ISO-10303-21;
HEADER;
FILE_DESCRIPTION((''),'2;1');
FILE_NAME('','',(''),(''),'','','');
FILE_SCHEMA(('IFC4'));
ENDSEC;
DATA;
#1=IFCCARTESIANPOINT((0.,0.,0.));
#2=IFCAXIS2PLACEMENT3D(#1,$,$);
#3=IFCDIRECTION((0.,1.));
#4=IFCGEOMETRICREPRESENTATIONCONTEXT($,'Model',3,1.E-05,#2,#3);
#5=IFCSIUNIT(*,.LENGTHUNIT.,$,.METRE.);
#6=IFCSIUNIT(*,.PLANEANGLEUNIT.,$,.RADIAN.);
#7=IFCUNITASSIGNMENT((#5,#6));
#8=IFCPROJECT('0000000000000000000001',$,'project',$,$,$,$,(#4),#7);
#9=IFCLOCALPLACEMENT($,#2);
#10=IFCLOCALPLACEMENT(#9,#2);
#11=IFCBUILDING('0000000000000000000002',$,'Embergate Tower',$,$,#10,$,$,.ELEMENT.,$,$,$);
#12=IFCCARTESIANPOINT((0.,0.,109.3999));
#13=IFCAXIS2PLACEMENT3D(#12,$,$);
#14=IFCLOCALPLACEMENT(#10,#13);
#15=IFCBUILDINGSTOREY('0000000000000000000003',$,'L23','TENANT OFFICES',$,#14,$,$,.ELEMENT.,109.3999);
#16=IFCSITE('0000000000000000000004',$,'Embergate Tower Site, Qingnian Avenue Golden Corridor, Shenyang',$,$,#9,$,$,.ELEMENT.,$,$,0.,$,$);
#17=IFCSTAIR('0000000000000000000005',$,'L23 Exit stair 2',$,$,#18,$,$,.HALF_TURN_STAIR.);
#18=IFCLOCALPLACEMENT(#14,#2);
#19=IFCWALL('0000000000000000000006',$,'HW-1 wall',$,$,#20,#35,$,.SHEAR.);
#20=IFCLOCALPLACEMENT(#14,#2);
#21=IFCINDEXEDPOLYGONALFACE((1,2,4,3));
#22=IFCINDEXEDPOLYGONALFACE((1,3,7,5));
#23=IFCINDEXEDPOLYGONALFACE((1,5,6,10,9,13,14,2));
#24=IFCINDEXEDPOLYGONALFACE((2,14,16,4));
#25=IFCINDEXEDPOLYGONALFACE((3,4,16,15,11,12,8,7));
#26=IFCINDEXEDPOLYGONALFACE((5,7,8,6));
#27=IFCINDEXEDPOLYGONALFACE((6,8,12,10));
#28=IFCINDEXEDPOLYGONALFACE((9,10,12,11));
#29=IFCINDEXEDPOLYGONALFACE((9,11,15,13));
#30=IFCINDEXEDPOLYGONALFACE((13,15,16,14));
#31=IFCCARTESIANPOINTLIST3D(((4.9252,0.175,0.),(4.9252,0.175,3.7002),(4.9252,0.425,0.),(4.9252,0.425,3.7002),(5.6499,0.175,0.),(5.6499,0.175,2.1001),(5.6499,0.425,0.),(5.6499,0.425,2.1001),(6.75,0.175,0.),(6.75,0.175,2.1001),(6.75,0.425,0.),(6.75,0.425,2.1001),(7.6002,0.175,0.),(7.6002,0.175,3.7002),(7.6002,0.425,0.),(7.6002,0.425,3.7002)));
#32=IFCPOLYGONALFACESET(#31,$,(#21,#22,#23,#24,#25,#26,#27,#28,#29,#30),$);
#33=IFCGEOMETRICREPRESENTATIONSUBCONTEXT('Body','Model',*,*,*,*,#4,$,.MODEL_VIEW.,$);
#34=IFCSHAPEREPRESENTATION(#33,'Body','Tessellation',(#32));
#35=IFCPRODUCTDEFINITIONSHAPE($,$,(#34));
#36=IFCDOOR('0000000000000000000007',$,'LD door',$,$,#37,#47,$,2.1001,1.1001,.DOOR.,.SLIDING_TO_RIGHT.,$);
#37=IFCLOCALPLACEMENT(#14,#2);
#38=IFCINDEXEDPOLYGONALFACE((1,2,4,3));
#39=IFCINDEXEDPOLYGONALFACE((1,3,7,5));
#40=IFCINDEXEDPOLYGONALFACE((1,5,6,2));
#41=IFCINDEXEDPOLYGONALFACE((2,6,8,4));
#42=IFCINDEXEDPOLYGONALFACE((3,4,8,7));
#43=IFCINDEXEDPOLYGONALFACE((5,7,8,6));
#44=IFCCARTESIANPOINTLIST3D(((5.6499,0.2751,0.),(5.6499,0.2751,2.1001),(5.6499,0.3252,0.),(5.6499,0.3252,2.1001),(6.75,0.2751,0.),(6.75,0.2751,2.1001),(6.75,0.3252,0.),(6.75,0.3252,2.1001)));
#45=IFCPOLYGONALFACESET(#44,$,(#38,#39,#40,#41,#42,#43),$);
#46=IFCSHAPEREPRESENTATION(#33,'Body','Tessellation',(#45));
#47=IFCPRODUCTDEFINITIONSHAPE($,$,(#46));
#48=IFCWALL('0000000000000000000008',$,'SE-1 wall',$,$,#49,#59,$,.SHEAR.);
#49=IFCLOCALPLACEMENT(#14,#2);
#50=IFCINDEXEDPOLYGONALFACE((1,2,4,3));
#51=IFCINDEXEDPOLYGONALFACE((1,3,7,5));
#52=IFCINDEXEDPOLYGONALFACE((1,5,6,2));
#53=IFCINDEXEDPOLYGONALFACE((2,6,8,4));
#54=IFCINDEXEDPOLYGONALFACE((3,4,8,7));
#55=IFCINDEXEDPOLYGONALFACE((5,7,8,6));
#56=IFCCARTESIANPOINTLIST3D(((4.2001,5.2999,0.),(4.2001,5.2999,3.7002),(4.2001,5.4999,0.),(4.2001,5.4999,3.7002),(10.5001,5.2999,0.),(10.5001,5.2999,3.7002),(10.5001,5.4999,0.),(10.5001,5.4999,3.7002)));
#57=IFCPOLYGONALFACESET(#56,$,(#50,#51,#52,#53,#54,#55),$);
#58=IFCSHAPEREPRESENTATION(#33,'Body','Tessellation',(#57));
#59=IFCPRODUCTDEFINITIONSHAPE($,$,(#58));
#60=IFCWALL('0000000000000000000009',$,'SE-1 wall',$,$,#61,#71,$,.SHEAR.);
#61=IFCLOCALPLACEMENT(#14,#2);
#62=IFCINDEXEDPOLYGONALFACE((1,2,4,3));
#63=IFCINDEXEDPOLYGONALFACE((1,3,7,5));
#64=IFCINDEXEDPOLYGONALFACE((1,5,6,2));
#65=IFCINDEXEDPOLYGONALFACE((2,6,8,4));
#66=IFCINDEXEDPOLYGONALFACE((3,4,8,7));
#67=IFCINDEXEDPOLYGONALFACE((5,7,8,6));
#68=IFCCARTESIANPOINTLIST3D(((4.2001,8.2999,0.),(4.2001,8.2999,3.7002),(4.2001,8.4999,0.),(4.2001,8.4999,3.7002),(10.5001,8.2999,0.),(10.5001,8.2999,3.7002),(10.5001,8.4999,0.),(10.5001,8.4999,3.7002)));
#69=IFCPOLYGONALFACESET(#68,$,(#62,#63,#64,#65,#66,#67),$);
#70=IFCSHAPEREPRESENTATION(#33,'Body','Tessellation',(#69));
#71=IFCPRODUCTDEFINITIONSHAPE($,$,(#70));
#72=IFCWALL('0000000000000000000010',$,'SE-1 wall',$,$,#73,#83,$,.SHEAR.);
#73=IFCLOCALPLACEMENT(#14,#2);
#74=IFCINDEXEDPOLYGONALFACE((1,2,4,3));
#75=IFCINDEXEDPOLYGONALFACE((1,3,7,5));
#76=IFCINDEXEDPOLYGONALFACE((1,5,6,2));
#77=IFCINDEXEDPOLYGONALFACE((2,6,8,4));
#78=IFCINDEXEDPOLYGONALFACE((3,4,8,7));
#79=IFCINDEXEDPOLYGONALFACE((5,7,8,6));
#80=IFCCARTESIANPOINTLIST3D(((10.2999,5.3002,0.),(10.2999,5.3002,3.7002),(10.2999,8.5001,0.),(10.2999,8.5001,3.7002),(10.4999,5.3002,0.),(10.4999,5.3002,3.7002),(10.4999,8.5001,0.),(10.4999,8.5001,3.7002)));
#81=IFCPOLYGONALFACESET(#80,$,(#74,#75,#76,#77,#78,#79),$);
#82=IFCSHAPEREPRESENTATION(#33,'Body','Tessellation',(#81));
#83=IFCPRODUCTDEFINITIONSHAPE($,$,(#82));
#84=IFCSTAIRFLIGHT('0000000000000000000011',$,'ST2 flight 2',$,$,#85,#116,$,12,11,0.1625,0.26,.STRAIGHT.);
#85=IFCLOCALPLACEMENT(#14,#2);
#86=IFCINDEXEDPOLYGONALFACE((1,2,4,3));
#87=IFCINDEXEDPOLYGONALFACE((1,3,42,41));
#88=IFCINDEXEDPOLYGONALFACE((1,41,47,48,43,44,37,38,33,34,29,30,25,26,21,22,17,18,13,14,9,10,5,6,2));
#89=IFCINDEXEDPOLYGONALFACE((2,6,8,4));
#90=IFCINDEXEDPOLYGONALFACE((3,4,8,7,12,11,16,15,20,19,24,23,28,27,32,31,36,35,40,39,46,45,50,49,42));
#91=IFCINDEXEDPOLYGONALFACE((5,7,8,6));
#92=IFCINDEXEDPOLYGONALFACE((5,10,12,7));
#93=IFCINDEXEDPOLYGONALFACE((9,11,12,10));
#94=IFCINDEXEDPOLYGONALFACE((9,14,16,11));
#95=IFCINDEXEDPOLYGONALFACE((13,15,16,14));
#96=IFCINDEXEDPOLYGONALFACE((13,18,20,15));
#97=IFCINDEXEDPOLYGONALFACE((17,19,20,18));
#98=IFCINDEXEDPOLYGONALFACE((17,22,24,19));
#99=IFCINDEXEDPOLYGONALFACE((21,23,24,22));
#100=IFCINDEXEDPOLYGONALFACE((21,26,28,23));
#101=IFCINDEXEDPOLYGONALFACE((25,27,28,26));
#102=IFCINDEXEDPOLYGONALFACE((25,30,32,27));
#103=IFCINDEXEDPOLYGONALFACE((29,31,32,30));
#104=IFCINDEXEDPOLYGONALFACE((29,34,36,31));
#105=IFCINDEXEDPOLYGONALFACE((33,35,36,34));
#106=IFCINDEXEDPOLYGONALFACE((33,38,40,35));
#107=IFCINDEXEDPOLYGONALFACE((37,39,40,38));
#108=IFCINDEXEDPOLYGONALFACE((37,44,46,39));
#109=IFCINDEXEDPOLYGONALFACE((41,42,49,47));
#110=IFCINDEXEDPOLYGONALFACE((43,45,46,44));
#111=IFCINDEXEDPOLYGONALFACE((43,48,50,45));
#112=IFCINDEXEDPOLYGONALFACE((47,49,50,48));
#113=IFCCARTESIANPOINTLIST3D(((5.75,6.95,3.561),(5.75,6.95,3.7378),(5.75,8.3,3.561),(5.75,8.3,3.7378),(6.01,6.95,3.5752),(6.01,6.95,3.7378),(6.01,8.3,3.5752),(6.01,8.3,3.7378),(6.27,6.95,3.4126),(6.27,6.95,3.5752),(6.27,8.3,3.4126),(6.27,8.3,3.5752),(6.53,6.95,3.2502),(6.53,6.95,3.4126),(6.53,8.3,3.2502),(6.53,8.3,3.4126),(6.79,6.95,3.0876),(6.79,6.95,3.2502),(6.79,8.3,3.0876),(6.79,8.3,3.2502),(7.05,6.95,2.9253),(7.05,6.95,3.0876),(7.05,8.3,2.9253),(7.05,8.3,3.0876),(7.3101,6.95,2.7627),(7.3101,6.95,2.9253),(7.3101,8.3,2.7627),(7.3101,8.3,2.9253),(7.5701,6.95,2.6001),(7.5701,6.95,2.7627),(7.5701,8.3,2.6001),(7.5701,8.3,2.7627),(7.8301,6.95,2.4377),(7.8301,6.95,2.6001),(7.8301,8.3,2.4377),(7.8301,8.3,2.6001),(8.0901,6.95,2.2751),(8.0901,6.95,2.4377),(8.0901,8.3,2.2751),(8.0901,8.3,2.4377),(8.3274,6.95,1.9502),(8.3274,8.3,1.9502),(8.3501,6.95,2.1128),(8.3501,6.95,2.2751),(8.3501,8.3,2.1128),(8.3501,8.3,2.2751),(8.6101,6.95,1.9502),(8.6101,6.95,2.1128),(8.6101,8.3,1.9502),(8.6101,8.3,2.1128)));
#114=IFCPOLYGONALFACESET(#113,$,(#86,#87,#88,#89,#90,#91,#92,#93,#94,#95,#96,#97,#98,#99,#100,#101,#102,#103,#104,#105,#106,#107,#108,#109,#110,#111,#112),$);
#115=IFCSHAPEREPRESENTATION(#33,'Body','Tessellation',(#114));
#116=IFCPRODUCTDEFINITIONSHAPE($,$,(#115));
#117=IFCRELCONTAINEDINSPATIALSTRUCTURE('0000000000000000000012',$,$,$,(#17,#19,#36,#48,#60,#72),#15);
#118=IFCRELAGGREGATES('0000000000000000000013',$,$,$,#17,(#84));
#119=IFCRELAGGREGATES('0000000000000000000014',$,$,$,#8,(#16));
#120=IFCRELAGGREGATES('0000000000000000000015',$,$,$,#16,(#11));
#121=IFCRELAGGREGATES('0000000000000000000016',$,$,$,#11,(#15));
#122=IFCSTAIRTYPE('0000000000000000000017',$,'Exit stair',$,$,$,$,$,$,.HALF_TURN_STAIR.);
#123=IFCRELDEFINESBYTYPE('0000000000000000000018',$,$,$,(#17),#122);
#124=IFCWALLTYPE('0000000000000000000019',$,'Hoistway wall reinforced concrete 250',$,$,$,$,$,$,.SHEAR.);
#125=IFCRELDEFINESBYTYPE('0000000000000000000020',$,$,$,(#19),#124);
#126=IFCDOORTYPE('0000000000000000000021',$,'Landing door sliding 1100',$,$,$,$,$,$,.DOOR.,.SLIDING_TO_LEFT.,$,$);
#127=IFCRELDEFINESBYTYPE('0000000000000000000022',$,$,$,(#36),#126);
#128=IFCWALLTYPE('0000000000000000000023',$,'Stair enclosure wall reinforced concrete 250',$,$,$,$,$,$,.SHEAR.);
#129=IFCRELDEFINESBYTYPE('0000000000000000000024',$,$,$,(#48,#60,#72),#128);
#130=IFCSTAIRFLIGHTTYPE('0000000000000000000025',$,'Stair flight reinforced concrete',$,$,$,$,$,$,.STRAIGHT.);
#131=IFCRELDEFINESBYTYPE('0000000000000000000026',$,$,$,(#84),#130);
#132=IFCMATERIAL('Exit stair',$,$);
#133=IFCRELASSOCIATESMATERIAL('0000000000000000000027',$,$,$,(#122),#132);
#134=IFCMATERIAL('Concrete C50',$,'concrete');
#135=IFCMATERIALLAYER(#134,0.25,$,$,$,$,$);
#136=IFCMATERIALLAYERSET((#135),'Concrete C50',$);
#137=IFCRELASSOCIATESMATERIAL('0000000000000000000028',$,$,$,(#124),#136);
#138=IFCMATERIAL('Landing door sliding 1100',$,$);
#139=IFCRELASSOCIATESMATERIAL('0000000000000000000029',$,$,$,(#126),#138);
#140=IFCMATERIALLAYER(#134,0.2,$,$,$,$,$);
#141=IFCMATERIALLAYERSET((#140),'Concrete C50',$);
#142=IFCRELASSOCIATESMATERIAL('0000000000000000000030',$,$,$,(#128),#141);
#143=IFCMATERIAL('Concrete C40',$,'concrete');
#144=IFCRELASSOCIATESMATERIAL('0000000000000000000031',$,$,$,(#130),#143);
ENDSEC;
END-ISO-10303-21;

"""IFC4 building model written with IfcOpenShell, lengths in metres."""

from ifc_helpers import new_model, si_unit, direction, frame, frame_2d, origin, place, context, subcontext, project, spatial, polyline, rectangle, outline, extrude, source, transform, mapped, material, layer, layer_set, type_object, element, fill, aggregate, save


model = new_model("IFC4")

# Units and contexts
model_context = context("Model", 3, precision=1e-05, world=origin(), true_north=direction((0.0, 1.0)))
body_context = subcontext(model_context, "Body", "Model", "MODEL_VIEW")
ifc_project = project(units=[si_unit("LENGTHUNIT", "METRE"), si_unit("PLANEANGLEUNIT", "RADIAN")], contexts=[model_context])

# Site, building, storey
site_placement = place(None, origin())
site = spatial("IfcSite", under=ifc_project, at=site_placement, Name="Embergate Tower Site, Qingnian Avenue Golden Corridor, Shenyang", CompositionType="ELEMENT", RefElevation=0.0)
building_placement = place(site_placement, origin())
building = spatial("IfcBuilding", under=site, at=building_placement, Name="Embergate Tower", CompositionType="ELEMENT")
storey_placement = place(building_placement, frame((0.0, 0.0, 109.3999)))
storey = spatial("IfcBuildingStorey", under=building, at=storey_placement, Name="L23", Description="TENANT OFFICES", CompositionType="ELEMENT", Elevation=109.3999)

# Stair
ifc_material_1 = material(Name="Exit stair")
stair_type = type_object("IfcStairType", Name="Exit stair", PredefinedType="HALF_TURN_STAIR", material=ifc_material_1)
stair_placement = place(storey_placement, origin())
stair = element("IfcStair", 1, at=stair_placement, inside=storey, type_object=stair_type, Name="L23 Exit stair 2", PredefinedType="HALF_TURN_STAIR")
ifc_material_2 = material(Name="Concrete C40", Category="concrete")

# Shared definitions
ifc_material_3 = material(Name="Concrete C50", Category="concrete")
ifc_layer_1 = layer(ifc_material_3, 0.25)
ifc_layer_set_1 = layer_set([ifc_layer_1], Name="Concrete C50")
wall_type_1 = type_object("IfcWallType", Name="Hoistway wall reinforced concrete 250", PredefinedType="SHEAR", material=ifc_layer_set_1)
shared_shape_1 = source(origin(), body_context, "Body", "SweptSolid", [
    extrude(rectangle(XDim=2.675, YDim=0.25, at=frame_2d((1.3374, 0.0))), origin(), (0.0, 0.0, 1.0), 3.7002),
])

# Wall, opening, door
wall_1_placement = place(storey_placement, frame((7.6001, 0.3, 0.0), z_axis=(0.0, 0.0, 1.0), x_axis=(-1.0, 0.0, 0.0)))
wall_1 = element("IfcWall", 2, at=wall_1_placement, inside=storey, type_object=wall_type_1, Name="HW-1 wall", PredefinedType="SHEAR", context=body_context, shape_type="MappedRepresentation", body=[
    mapped(shared_shape_1, transform((0.0, 0.0, 0.0))),
])
shared_shape_2 = source(origin(), body_context, "Body", "SweptSolid", [
    extrude(rectangle(XDim=1.1001, YDim=2.1001, at=frame_2d((0.55, 1.05))), frame((0.0, 0.135, 0.0), z_axis=(0.0, -1.0, 0.0), x_axis=(1.0, 0.0, 0.0)), (0.0, 0.0, 1.0), 0.27),
])
opening_1_placement = place(wall_1_placement, frame((0.8501, 0.0, 0.0)))
opening_1 = element("IfcOpeningElement", 3, at=opening_1_placement, cuts=wall_1, PredefinedType="OPENING", context=body_context, shape_type="MappedRepresentation", body=[
    mapped(shared_shape_2, transform((0.0, 0.0, 0.0))),
])
ifc_material_4 = material(Name="Landing door sliding 1100")
door_type_1 = type_object("IfcDoorType", Name="Landing door sliding 1100", OperationType="SLIDING_TO_LEFT", PredefinedType="DOOR", material=ifc_material_4)
shared_shape_3 = source(origin(), body_context, "Body", "SweptSolid", [
    extrude(rectangle(XDim=1.1001, YDim=2.1001, at=frame_2d((0.55, 1.05))), frame((0.0, 0.0249, 0.0), z_axis=(0.0, -1.0, 0.0), x_axis=(1.0, 0.0, 0.0)), (0.0, 0.0, 1.0), 0.05),
])
door_1_placement = place(opening_1_placement, origin())
door_1 = element("IfcDoor", 4, at=door_1_placement, inside=storey, type_object=door_type_1, Name="LD door", OperationType="SLIDING_TO_RIGHT", OverallHeight=2.1001, OverallWidth=1.1001, PredefinedType="DOOR", context=body_context, shape_type="MappedRepresentation", body=[
    mapped(shared_shape_3, transform((0.0, 0.0, 0.0))),
])
fill(opening_1, door_1)

# Walls
ifc_layer_2 = layer(ifc_material_3, 0.2)
ifc_layer_set_2 = layer_set([ifc_layer_2], Name="Concrete C50")
wall_type_2 = type_object("IfcWallType", Name="Stair enclosure wall reinforced concrete 250", PredefinedType="SHEAR", material=ifc_layer_set_2)
shared_shape_4 = source(origin(), body_context, "Body", "SweptSolid", [
    extrude(rectangle(XDim=6.3, YDim=0.2, at=frame_2d((3.1499, 0.0))), origin(), (0.0, 0.0, 1.0), 3.7002),
])
for number, where, z_axis, x_axis, name in (
    (5, (10.5, 5.3999, 0.0), (0.0, 0.0, 1.0), (-1.0, 0.0, 0.0), "SE-1 wall"),
    (6, (10.5, 8.3999, 0.0), (0.0, 0.0, 1.0), (-1.0, 0.0, 0.0), "SE-1 wall"),
):
    element("IfcWall", number, at=place(storey_placement, frame(where, z_axis=z_axis, x_axis=x_axis)), inside=storey, type_object=wall_type_2, Name=name, PredefinedType="SHEAR", context=body_context, shape_type="MappedRepresentation", body=[
        mapped(shared_shape_4, transform((0.0, 0.0, 0.0))),
    ])
shared_shape_5 = source(origin(), body_context, "Body", "SweptSolid", [
    extrude(rectangle(XDim=3.2, YDim=0.2, at=frame_2d((1.6001, 0.0))), origin(), (0.0, 0.0, 1.0), 3.7002),
])
wall_2_placement = place(storey_placement, frame((10.3999, 5.3, 0.0), z_axis=(0.0, 0.0, 1.0), x_axis=(0.0, 1.0, 0.0)))
element("IfcWall", 7, at=wall_2_placement, inside=storey, type_object=wall_type_2, Name="SE-1 wall", PredefinedType="SHEAR", context=body_context, shape_type="MappedRepresentation", body=[
    mapped(shared_shape_5, transform((0.0, 0.0, 0.0))),
])

# Stair flight
stair_flight_type = type_object("IfcStairFlightType", Name="Stair flight reinforced concrete", PredefinedType="STRAIGHT", material=ifc_material_2)
shared_shape_6 = source(origin(), body_context, "Body", "SweptSolid", [
    extrude(outline(polyline([(0.0, 0.0), (0.0, 0.1626), (0.26, 0.1626), (0.26, 0.325), (0.52, 0.325), (0.52, 0.4875), (0.78, 0.4875), (0.78, 0.6499), (1.04, 0.6499), (1.04, 0.8125), (1.3, 0.8125), (1.3, 0.9751), (1.5601, 0.9751), (1.5601, 1.1375), (1.8201, 1.1375), (1.8201, 1.3), (2.0801, 1.3), (2.0801, 1.4624), (2.3401, 1.4624), (2.3401, 1.625), (2.6001, 1.625), (2.6001, 1.7876), (2.8601, 1.7876), (2.8601, 1.95), (2.8601, 1.6108), (0.2827, 0.0), (0.0, 0.0)])), frame((0.0, 0.675, 0.0), z_axis=(0.0, -1.0, 0.0), x_axis=(1.0, 0.0, 0.0)), (0.0, 0.0, 1.0), 1.3501),
])
stair_flight_placement = place(storey_placement, frame((8.6101, 7.625, 1.9502), z_axis=(0.0, 0.0, 1.0), x_axis=(-1.0, 0.0, 0.0)))
stair_flight = element("IfcStairFlight", 8, at=stair_flight_placement, type_object=stair_flight_type, Name="ST2 flight 2", NumberOfRisers=12, NumberOfTreads=11, PredefinedType="STRAIGHT", RiserHeight=0.1625, TreadLength=0.26, context=body_context, shape_type="MappedRepresentation", body=[
    mapped(shared_shape_6, transform((0.0, 0.0, 0.0))),
])
aggregate(stair, [stair_flight])

save(model, "model.ifc")
